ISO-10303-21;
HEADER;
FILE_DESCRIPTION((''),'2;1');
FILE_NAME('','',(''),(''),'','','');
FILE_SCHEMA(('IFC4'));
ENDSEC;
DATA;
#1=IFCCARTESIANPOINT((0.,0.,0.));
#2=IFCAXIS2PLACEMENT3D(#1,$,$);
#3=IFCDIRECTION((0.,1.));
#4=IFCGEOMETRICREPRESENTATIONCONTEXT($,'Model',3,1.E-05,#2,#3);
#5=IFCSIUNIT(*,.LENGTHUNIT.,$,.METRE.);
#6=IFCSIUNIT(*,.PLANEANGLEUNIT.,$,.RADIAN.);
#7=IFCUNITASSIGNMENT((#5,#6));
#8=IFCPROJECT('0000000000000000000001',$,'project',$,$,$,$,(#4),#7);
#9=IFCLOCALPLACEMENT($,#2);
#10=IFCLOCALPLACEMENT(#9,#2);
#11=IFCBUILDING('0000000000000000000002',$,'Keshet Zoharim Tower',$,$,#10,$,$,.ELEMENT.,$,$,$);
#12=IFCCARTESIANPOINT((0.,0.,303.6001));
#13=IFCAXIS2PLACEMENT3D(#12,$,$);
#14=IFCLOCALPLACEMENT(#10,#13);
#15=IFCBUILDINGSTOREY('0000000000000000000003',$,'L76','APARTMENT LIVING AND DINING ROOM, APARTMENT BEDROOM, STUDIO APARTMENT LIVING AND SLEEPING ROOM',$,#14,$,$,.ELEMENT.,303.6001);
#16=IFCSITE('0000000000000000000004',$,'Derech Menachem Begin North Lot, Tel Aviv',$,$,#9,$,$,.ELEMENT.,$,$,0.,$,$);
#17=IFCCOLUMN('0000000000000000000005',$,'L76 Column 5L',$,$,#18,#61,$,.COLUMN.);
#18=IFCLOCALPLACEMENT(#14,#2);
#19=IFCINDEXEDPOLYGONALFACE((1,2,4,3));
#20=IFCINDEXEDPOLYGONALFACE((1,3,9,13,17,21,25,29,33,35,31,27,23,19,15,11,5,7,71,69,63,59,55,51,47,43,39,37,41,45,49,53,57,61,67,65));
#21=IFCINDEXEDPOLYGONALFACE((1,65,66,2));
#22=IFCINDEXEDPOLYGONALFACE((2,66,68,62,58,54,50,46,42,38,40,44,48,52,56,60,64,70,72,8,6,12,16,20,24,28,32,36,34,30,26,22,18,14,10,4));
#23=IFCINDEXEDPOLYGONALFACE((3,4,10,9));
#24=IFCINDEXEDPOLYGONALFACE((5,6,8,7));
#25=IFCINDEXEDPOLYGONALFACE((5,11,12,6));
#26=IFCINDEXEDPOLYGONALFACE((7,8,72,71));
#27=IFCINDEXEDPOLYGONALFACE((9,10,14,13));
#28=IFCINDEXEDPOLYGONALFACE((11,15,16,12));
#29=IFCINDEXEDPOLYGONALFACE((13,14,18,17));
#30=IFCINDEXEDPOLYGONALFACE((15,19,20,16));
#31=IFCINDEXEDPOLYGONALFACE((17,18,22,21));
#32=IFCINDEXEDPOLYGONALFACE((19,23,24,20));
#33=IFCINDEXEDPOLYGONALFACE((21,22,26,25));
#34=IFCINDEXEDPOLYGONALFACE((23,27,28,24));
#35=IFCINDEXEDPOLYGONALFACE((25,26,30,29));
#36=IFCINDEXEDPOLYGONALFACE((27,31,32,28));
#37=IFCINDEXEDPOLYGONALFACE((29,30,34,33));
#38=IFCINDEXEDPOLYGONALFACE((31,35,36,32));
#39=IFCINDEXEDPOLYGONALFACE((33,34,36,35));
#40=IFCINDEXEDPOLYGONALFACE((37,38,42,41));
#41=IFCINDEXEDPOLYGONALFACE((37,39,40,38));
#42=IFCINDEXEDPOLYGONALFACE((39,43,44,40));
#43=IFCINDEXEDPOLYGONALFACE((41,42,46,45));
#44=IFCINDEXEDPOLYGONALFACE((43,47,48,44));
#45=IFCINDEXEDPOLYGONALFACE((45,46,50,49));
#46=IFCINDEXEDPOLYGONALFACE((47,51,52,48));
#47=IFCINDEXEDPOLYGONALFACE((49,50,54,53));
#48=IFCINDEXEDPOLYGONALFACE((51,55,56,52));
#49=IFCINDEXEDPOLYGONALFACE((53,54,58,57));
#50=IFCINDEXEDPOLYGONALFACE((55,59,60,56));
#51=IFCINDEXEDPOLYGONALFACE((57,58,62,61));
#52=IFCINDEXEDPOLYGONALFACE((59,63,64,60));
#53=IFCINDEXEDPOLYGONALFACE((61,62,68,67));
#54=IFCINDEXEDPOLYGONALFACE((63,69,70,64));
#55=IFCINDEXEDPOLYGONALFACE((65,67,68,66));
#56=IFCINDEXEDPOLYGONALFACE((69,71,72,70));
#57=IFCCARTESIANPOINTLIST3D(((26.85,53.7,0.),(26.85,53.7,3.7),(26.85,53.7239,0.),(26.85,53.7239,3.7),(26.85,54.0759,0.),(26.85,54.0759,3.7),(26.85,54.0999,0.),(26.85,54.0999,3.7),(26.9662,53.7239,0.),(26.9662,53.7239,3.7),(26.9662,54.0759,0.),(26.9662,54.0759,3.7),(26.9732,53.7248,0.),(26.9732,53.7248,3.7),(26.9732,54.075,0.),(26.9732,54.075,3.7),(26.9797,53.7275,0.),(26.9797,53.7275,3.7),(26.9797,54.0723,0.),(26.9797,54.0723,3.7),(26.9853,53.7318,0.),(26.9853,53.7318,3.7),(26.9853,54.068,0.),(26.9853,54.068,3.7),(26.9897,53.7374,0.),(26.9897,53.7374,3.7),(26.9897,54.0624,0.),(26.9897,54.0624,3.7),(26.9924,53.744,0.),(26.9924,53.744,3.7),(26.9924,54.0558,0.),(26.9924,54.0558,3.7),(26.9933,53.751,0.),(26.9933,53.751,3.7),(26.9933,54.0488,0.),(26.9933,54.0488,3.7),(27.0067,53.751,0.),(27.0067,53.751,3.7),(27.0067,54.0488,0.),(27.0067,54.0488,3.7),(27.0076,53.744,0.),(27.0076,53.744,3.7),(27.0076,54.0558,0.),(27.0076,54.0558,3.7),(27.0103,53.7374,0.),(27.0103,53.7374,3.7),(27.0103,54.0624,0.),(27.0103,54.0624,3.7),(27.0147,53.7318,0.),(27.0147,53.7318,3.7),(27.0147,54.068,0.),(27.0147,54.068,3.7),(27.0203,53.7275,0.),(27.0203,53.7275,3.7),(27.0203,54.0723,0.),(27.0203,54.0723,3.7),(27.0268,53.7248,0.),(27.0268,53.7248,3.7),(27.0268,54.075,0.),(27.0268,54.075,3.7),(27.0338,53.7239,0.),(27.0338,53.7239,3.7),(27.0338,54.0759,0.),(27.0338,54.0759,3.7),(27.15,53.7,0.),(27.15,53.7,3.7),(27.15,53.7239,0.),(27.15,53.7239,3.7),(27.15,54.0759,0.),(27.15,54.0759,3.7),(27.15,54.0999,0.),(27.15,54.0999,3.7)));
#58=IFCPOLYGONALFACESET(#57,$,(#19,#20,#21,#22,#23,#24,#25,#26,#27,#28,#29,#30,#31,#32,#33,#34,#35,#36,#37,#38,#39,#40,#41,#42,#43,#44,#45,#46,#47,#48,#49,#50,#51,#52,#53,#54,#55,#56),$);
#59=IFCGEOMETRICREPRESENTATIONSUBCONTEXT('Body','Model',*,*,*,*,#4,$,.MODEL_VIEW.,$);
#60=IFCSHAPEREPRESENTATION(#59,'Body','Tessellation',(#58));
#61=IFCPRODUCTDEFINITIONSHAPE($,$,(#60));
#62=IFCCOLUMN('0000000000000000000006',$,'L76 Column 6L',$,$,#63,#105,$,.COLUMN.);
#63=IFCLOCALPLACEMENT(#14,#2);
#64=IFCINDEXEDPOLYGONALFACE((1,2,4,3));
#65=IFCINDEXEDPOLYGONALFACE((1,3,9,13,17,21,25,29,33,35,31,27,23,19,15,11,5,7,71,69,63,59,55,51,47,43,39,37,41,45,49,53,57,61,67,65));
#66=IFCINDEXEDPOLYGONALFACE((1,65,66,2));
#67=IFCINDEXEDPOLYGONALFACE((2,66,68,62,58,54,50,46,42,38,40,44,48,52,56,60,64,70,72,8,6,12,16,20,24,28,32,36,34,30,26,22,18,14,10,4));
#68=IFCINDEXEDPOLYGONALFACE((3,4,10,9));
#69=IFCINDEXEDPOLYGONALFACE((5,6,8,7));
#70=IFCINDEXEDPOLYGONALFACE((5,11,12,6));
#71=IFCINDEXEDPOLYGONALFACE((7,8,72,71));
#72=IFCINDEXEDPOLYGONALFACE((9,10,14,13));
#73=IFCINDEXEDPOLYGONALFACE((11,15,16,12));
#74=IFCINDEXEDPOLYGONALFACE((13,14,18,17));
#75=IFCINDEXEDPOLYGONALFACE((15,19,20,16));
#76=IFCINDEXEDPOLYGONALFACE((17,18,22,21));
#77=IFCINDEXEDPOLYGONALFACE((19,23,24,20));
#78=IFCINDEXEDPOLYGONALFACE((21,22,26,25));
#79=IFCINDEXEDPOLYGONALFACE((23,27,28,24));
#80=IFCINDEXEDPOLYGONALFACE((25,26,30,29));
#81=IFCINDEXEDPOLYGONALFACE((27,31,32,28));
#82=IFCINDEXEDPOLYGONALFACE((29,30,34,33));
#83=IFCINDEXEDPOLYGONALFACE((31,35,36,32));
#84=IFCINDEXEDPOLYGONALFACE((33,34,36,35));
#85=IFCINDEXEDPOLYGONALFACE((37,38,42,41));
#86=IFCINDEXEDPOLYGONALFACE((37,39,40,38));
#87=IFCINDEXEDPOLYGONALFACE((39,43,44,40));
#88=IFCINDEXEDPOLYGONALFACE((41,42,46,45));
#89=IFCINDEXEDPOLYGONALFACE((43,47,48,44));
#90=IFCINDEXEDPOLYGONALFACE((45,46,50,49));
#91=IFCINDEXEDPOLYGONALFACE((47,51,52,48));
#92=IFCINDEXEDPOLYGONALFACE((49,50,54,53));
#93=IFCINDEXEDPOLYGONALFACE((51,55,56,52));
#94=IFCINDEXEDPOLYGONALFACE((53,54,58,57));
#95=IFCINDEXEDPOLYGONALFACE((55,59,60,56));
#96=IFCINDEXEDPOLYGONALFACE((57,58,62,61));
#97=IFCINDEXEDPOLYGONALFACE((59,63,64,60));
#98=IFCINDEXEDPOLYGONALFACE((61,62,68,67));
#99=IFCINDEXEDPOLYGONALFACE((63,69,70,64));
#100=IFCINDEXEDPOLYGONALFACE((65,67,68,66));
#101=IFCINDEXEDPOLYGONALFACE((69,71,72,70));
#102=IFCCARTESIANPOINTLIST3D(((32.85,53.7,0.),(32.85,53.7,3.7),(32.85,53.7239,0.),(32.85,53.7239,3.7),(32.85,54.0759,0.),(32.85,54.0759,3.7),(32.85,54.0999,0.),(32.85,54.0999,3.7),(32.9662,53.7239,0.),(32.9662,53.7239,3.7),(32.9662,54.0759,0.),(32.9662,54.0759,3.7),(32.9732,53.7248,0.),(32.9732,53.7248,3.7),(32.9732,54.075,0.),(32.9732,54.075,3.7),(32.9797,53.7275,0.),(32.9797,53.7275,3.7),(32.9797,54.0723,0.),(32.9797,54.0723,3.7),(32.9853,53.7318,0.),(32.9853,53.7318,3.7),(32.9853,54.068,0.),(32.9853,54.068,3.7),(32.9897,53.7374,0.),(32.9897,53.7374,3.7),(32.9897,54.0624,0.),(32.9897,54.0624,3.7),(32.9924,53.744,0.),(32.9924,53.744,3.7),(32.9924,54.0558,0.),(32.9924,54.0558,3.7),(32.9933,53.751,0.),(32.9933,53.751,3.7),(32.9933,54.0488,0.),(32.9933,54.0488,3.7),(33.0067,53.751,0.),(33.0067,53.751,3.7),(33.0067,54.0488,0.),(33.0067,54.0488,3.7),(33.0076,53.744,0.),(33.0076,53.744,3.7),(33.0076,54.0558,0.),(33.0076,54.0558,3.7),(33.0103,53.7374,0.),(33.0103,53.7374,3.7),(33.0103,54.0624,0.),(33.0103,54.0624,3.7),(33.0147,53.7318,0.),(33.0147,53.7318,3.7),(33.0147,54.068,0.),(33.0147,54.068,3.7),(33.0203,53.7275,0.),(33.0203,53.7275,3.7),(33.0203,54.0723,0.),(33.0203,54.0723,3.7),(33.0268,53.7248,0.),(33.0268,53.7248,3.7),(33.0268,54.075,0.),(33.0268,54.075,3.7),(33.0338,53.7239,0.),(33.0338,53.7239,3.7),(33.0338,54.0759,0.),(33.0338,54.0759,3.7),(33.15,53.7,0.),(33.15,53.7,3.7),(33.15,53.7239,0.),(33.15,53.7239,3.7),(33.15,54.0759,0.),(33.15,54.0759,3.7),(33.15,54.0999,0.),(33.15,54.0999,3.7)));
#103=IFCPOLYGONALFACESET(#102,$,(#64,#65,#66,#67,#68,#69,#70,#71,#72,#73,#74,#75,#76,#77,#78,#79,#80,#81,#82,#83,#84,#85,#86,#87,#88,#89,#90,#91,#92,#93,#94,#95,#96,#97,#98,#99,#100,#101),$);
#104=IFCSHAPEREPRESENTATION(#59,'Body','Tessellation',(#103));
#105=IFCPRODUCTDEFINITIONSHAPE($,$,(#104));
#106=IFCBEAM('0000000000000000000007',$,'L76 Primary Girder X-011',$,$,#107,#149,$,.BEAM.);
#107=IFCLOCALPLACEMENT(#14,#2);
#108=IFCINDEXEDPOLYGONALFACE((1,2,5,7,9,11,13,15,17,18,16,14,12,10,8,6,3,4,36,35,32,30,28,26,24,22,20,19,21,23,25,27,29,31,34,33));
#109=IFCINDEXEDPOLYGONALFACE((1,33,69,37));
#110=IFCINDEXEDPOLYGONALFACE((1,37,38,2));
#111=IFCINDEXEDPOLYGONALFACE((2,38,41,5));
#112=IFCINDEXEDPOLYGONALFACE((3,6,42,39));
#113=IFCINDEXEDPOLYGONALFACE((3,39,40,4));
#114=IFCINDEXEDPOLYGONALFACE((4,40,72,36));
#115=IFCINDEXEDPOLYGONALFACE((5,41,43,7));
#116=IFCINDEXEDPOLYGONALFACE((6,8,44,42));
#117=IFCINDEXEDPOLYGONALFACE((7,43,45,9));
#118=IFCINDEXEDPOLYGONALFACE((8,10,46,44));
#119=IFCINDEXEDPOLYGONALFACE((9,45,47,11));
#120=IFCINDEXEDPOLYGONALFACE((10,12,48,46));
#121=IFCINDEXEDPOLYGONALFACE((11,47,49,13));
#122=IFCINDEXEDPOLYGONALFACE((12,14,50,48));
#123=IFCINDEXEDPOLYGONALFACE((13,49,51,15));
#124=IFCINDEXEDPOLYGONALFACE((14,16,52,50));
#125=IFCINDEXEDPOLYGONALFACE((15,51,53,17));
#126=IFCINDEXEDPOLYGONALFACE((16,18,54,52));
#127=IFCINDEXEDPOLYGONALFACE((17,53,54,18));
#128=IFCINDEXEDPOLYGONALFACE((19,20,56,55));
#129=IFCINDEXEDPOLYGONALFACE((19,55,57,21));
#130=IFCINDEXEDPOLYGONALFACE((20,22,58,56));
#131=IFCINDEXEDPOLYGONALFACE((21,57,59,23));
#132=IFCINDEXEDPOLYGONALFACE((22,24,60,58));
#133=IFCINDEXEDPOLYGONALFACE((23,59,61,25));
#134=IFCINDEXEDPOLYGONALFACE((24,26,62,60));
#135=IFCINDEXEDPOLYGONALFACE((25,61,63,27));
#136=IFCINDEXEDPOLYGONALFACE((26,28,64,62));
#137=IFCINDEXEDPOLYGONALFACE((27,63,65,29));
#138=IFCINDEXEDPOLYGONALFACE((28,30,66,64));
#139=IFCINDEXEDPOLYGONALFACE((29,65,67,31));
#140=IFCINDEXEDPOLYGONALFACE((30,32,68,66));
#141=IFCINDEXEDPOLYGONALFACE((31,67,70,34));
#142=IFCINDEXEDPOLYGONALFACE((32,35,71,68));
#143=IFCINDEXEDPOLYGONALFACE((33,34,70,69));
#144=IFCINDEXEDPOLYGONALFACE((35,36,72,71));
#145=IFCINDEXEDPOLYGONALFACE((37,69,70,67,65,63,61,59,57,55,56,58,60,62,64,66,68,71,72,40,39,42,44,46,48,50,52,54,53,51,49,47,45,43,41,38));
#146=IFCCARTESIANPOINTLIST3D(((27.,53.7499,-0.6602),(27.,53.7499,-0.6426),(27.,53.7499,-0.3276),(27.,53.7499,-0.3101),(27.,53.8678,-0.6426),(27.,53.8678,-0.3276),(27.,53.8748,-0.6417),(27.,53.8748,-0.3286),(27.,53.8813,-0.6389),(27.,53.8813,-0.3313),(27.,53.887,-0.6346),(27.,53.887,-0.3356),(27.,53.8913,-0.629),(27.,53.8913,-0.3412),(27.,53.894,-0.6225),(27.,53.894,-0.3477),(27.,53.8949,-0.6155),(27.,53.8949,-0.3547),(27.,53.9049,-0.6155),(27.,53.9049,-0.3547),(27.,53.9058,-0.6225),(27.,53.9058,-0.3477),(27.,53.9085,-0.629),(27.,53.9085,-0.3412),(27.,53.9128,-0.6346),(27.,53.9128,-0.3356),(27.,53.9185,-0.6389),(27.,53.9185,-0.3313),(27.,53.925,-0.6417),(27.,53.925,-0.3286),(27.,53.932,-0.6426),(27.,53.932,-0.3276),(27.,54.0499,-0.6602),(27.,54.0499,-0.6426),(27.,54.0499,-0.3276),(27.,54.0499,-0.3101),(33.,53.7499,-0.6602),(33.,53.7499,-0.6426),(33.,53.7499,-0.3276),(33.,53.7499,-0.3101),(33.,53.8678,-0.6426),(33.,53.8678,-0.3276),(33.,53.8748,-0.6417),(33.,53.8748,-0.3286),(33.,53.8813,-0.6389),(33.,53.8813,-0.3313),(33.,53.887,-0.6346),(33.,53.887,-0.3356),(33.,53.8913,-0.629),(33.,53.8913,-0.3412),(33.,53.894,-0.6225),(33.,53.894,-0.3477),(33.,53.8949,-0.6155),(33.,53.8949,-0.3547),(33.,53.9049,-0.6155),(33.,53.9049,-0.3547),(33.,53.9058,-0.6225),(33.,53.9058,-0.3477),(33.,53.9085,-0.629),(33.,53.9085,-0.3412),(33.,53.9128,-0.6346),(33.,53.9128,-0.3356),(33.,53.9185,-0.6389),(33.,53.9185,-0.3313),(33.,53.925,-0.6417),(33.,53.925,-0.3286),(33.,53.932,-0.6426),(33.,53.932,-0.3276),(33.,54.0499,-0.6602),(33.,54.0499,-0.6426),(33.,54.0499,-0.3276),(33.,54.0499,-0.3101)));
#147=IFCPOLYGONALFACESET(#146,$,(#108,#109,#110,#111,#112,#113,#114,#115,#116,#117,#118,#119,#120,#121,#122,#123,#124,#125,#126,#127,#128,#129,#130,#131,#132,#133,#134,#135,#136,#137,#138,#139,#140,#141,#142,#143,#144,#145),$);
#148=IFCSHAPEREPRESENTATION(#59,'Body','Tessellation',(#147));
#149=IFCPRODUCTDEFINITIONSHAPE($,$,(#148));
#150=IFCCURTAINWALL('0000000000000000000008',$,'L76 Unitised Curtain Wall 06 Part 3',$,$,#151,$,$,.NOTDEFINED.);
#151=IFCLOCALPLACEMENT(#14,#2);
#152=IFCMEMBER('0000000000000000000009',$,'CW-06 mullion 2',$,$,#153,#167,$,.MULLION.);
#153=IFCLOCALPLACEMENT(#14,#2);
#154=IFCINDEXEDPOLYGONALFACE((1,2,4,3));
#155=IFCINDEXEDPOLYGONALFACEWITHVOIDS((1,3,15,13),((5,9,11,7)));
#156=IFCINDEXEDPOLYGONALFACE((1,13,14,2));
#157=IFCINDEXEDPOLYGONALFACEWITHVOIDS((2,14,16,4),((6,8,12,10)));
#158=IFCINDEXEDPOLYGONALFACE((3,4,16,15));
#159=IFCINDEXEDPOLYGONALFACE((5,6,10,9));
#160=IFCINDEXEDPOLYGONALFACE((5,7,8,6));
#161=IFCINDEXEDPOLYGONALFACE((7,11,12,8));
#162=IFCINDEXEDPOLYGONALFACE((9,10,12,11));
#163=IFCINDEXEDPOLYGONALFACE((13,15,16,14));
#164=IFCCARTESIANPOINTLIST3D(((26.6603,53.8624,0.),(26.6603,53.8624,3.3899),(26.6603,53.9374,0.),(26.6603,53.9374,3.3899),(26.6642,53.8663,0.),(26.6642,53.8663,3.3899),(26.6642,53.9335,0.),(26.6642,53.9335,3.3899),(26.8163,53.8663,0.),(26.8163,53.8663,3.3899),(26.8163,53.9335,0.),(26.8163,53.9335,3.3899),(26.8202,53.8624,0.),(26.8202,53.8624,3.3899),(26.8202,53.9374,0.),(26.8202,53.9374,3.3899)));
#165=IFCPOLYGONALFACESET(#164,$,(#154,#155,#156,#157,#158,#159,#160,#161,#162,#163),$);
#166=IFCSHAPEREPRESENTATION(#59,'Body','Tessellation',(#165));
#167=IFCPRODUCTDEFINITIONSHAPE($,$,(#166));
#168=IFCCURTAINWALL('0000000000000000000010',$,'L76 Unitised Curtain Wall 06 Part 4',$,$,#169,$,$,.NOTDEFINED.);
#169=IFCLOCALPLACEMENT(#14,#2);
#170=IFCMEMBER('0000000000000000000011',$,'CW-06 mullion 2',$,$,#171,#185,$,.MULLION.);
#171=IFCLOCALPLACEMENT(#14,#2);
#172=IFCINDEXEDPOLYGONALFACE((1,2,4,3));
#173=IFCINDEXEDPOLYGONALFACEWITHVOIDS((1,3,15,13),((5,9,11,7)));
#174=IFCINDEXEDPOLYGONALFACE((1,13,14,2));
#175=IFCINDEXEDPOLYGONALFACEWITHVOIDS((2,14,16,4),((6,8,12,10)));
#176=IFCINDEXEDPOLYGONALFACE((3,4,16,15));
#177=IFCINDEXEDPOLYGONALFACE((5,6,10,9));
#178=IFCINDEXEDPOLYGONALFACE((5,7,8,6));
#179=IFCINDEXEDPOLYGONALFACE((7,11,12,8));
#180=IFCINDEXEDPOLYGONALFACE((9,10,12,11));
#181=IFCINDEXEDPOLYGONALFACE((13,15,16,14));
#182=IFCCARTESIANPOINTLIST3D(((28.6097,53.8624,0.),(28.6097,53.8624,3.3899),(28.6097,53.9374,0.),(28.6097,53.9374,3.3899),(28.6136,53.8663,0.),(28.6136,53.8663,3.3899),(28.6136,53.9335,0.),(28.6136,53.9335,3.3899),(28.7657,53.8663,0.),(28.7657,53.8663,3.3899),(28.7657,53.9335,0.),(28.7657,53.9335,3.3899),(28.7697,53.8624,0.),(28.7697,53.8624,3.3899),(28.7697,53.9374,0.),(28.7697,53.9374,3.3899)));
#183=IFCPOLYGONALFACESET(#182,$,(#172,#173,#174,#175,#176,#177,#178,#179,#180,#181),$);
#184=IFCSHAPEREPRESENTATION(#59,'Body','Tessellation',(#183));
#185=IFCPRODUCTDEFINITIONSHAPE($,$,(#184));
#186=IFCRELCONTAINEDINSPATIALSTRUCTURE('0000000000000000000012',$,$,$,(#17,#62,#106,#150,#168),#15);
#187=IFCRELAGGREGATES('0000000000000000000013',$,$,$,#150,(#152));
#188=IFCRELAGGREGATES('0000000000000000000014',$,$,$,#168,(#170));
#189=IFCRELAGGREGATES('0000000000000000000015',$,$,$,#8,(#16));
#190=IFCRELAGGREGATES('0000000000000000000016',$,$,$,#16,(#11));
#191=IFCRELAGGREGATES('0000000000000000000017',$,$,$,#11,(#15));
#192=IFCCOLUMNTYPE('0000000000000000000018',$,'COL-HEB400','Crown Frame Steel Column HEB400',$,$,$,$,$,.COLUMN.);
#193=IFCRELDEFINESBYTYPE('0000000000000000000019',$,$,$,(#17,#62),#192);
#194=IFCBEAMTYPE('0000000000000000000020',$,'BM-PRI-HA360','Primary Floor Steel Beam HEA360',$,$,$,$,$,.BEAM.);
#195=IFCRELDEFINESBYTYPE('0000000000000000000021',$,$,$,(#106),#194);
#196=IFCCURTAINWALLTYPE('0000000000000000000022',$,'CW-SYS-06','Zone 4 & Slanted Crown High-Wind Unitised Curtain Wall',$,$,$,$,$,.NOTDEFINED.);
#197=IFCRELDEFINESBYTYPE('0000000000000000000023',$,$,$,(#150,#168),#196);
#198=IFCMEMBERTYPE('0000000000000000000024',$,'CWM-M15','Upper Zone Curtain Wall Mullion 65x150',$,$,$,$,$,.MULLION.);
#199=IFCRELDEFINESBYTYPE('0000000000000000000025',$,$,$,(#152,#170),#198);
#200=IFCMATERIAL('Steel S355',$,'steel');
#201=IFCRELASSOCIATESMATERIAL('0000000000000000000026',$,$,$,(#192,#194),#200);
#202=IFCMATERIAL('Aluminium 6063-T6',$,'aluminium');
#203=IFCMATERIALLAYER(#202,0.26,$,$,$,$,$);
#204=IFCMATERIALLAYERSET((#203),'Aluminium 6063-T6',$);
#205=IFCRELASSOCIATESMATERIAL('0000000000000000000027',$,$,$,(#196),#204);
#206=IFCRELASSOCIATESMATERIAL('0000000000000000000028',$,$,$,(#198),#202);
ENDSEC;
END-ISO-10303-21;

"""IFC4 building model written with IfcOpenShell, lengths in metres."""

from ifc_helpers import new_model, si_unit, direction, frame, origin, origin_2d, place, context, subcontext, project, spatial, hollow_rectangle, i_section, extrude, material, layer, layer_set, material_profile, profile_set, type_object, element, aggregate, save


model = new_model("IFC4")

# Units and contexts
model_context = context("Model", 3, precision=1e-05, world=origin(), true_north=direction((0.0, 1.0)))
body_context = subcontext(model_context, "Body", "Model", "MODEL_VIEW")
ifc_project = project(units=[si_unit("LENGTHUNIT", "METRE"), si_unit("PLANEANGLEUNIT", "RADIAN")], contexts=[model_context])

# Site, building, storey
site_placement = place(None, origin())
site = spatial("IfcSite", under=ifc_project, at=site_placement, Name="Derech Menachem Begin North Lot, Tel Aviv", CompositionType="ELEMENT", RefElevation=0.0)
building_placement = place(site_placement, origin())
building = spatial("IfcBuilding", under=site, at=building_placement, Name="Keshet Zoharim Tower", CompositionType="ELEMENT")
storey_placement = place(building_placement, frame((0.0, 0.0, 303.6001)))
storey = spatial("IfcBuildingStorey", under=building, at=storey_placement, Name="L76", Description="APARTMENT LIVING AND DINING ROOM, APARTMENT BEDROOM, STUDIO APARTMENT LIVING AND SLEEPING ROOM", CompositionType="ELEMENT", Elevation=303.6001)

# Columns
ifc_material_1 = material(Name="Steel S355", Category="steel")
ifc_material_profile_1 = material_profile(ifc_material_1, i_section(OverallWidth=0.3, OverallDepth=0.3999, WebThickness=0.0134, FlangeThickness=0.0239, FilletRadius=0.0271, at=origin_2d()), Name="HEB400")
ifc_profile_set_1 = profile_set([ifc_material_profile_1], Name="Steel S355")
column_type = type_object("IfcColumnType", Name="COL-HEB400", Description="Crown Frame Steel Column HEB400", PredefinedType="COLUMN", material=ifc_profile_set_1)
for number, where, z_axis, x_axis, name in (
    (1, (27.0, 53.8999, 0.0), (0.0, 0.0, 1.0), (1.0, 0.0, 0.0), "L76 Column 5L"),
    (2, (33.0, 53.8999, 0.0), (0.0, 0.0, 1.0), (1.0, 0.0, 0.0), "L76 Column 6L"),
):
    element("IfcColumn", number, at=place(storey_placement, frame(where, z_axis=z_axis, x_axis=x_axis)), inside=storey, type_object=column_type, Name=name, PredefinedType="COLUMN", context=body_context, shape_type="SweptSolid", body=[
        extrude(i_section(OverallWidth=0.3, OverallDepth=0.3999, WebThickness=0.0134, FlangeThickness=0.0239, FilletRadius=0.0271, at=origin_2d()), origin(), (0.0, 0.0, 1.0), 3.7),
    ])

# Beam
ifc_material_profile_2 = material_profile(ifc_material_1, i_section(OverallWidth=0.3, OverallDepth=0.3501, WebThickness=0.01, FlangeThickness=0.0176, FilletRadius=0.0271, at=origin_2d()), Name="HEA360")
ifc_profile_set_2 = profile_set([ifc_material_profile_2], Name="Steel S355")
beam_type = type_object("IfcBeamType", Name="BM-PRI-HA360", Description="Primary Floor Steel Beam HEA360", PredefinedType="BEAM", material=ifc_profile_set_2)
beam_placement = place(storey_placement, frame((27.0, 53.8999, -0.4851), z_axis=(1.0, 0.0, 0.0), x_axis=(0.0, 1.0, 0.0)))
element("IfcBeam", 3, at=beam_placement, inside=storey, type_object=beam_type, Name="L76 Primary Girder X-011", PredefinedType="BEAM", context=body_context, shape_type="SweptSolid", body=[
    extrude(i_section(OverallWidth=0.3, OverallDepth=0.3501, WebThickness=0.01, FlangeThickness=0.0176, FilletRadius=0.0271, at=origin_2d()), origin(), (0.0, 0.0, 1.0), 6.0),
])

# Curtain wall, member
ifc_material_2 = material(Name="Aluminium 6063-T6", Category="aluminium")
ifc_layer_1 = layer(ifc_material_2, 0.26)
ifc_layer_set_1 = layer_set([ifc_layer_1], Name="Aluminium 6063-T6")
curtain_wall_type = type_object("IfcCurtainWallType", Name="CW-SYS-06", Description="Zone 4 & Slanted Crown High-Wind Unitised Curtain Wall", PredefinedType="NOTDEFINED", material=ifc_layer_set_1)
curtain_wall_1_placement = place(storey_placement, origin())
curtain_wall_1 = element("IfcCurtainWall", 4, at=curtain_wall_1_placement, inside=storey, type_object=curtain_wall_type, Name="L76 Unitised Curtain Wall 06 Part 3", PredefinedType="NOTDEFINED")
ifc_material_profile_3 = material_profile(ifc_material_2, hollow_rectangle(XDim=0.075, YDim=0.1599, WallThickness=0.0039, at=origin_2d()), Name="MUL-75x160")
ifc_profile_set_3 = profile_set([ifc_material_profile_3], Name="Aluminium 6063-T6")
member_type_1 = type_object("IfcMemberType", Name="CWM-M15", Description="Upper Zone Curtain Wall Mullion 65x150", PredefinedType="MULLION", material=ifc_profile_set_3)
member_1_placement = place(storey_placement, frame((26.7402, 53.8999, 0.0), z_axis=(0.0, 0.0, 1.0), x_axis=(0.0, 1.0, 0.0)))
member_1 = element("IfcMember", 5, at=member_1_placement, type_object=member_type_1, Name="CW-06 mullion 2", PredefinedType="MULLION", context=body_context, shape_type="SweptSolid", body=[
    extrude(hollow_rectangle(XDim=0.075, YDim=0.1599, WallThickness=0.0039, at=origin_2d()), origin(), (0.0, 0.0, 1.0), 3.3899),
])
aggregate(curtain_wall_1, [member_1])

# Curtain wall, member
curtain_wall_2_placement = place(storey_placement, origin())
curtain_wall_2 = element("IfcCurtainWall", 6, at=curtain_wall_2_placement, inside=storey, type_object=curtain_wall_type, Name="L76 Unitised Curtain Wall 06 Part 4", PredefinedType="NOTDEFINED")
member_2_placement = place(storey_placement, frame((28.6897, 53.8999, 0.0), z_axis=(0.0, 0.0, 1.0), x_axis=(0.0, 1.0, 0.0)))
member_2 = element("IfcMember", 7, at=member_2_placement, type_object=member_type_1, Name="CW-06 mullion 2", PredefinedType="MULLION", context=body_context, shape_type="SweptSolid", body=[
    extrude(hollow_rectangle(XDim=0.075, YDim=0.1599, WallThickness=0.0039, at=origin_2d()), origin(), (0.0, 0.0, 1.0), 3.3899),
])

aggregate(curtain_wall_2, [member_2])

save(model, "model.ifc")
